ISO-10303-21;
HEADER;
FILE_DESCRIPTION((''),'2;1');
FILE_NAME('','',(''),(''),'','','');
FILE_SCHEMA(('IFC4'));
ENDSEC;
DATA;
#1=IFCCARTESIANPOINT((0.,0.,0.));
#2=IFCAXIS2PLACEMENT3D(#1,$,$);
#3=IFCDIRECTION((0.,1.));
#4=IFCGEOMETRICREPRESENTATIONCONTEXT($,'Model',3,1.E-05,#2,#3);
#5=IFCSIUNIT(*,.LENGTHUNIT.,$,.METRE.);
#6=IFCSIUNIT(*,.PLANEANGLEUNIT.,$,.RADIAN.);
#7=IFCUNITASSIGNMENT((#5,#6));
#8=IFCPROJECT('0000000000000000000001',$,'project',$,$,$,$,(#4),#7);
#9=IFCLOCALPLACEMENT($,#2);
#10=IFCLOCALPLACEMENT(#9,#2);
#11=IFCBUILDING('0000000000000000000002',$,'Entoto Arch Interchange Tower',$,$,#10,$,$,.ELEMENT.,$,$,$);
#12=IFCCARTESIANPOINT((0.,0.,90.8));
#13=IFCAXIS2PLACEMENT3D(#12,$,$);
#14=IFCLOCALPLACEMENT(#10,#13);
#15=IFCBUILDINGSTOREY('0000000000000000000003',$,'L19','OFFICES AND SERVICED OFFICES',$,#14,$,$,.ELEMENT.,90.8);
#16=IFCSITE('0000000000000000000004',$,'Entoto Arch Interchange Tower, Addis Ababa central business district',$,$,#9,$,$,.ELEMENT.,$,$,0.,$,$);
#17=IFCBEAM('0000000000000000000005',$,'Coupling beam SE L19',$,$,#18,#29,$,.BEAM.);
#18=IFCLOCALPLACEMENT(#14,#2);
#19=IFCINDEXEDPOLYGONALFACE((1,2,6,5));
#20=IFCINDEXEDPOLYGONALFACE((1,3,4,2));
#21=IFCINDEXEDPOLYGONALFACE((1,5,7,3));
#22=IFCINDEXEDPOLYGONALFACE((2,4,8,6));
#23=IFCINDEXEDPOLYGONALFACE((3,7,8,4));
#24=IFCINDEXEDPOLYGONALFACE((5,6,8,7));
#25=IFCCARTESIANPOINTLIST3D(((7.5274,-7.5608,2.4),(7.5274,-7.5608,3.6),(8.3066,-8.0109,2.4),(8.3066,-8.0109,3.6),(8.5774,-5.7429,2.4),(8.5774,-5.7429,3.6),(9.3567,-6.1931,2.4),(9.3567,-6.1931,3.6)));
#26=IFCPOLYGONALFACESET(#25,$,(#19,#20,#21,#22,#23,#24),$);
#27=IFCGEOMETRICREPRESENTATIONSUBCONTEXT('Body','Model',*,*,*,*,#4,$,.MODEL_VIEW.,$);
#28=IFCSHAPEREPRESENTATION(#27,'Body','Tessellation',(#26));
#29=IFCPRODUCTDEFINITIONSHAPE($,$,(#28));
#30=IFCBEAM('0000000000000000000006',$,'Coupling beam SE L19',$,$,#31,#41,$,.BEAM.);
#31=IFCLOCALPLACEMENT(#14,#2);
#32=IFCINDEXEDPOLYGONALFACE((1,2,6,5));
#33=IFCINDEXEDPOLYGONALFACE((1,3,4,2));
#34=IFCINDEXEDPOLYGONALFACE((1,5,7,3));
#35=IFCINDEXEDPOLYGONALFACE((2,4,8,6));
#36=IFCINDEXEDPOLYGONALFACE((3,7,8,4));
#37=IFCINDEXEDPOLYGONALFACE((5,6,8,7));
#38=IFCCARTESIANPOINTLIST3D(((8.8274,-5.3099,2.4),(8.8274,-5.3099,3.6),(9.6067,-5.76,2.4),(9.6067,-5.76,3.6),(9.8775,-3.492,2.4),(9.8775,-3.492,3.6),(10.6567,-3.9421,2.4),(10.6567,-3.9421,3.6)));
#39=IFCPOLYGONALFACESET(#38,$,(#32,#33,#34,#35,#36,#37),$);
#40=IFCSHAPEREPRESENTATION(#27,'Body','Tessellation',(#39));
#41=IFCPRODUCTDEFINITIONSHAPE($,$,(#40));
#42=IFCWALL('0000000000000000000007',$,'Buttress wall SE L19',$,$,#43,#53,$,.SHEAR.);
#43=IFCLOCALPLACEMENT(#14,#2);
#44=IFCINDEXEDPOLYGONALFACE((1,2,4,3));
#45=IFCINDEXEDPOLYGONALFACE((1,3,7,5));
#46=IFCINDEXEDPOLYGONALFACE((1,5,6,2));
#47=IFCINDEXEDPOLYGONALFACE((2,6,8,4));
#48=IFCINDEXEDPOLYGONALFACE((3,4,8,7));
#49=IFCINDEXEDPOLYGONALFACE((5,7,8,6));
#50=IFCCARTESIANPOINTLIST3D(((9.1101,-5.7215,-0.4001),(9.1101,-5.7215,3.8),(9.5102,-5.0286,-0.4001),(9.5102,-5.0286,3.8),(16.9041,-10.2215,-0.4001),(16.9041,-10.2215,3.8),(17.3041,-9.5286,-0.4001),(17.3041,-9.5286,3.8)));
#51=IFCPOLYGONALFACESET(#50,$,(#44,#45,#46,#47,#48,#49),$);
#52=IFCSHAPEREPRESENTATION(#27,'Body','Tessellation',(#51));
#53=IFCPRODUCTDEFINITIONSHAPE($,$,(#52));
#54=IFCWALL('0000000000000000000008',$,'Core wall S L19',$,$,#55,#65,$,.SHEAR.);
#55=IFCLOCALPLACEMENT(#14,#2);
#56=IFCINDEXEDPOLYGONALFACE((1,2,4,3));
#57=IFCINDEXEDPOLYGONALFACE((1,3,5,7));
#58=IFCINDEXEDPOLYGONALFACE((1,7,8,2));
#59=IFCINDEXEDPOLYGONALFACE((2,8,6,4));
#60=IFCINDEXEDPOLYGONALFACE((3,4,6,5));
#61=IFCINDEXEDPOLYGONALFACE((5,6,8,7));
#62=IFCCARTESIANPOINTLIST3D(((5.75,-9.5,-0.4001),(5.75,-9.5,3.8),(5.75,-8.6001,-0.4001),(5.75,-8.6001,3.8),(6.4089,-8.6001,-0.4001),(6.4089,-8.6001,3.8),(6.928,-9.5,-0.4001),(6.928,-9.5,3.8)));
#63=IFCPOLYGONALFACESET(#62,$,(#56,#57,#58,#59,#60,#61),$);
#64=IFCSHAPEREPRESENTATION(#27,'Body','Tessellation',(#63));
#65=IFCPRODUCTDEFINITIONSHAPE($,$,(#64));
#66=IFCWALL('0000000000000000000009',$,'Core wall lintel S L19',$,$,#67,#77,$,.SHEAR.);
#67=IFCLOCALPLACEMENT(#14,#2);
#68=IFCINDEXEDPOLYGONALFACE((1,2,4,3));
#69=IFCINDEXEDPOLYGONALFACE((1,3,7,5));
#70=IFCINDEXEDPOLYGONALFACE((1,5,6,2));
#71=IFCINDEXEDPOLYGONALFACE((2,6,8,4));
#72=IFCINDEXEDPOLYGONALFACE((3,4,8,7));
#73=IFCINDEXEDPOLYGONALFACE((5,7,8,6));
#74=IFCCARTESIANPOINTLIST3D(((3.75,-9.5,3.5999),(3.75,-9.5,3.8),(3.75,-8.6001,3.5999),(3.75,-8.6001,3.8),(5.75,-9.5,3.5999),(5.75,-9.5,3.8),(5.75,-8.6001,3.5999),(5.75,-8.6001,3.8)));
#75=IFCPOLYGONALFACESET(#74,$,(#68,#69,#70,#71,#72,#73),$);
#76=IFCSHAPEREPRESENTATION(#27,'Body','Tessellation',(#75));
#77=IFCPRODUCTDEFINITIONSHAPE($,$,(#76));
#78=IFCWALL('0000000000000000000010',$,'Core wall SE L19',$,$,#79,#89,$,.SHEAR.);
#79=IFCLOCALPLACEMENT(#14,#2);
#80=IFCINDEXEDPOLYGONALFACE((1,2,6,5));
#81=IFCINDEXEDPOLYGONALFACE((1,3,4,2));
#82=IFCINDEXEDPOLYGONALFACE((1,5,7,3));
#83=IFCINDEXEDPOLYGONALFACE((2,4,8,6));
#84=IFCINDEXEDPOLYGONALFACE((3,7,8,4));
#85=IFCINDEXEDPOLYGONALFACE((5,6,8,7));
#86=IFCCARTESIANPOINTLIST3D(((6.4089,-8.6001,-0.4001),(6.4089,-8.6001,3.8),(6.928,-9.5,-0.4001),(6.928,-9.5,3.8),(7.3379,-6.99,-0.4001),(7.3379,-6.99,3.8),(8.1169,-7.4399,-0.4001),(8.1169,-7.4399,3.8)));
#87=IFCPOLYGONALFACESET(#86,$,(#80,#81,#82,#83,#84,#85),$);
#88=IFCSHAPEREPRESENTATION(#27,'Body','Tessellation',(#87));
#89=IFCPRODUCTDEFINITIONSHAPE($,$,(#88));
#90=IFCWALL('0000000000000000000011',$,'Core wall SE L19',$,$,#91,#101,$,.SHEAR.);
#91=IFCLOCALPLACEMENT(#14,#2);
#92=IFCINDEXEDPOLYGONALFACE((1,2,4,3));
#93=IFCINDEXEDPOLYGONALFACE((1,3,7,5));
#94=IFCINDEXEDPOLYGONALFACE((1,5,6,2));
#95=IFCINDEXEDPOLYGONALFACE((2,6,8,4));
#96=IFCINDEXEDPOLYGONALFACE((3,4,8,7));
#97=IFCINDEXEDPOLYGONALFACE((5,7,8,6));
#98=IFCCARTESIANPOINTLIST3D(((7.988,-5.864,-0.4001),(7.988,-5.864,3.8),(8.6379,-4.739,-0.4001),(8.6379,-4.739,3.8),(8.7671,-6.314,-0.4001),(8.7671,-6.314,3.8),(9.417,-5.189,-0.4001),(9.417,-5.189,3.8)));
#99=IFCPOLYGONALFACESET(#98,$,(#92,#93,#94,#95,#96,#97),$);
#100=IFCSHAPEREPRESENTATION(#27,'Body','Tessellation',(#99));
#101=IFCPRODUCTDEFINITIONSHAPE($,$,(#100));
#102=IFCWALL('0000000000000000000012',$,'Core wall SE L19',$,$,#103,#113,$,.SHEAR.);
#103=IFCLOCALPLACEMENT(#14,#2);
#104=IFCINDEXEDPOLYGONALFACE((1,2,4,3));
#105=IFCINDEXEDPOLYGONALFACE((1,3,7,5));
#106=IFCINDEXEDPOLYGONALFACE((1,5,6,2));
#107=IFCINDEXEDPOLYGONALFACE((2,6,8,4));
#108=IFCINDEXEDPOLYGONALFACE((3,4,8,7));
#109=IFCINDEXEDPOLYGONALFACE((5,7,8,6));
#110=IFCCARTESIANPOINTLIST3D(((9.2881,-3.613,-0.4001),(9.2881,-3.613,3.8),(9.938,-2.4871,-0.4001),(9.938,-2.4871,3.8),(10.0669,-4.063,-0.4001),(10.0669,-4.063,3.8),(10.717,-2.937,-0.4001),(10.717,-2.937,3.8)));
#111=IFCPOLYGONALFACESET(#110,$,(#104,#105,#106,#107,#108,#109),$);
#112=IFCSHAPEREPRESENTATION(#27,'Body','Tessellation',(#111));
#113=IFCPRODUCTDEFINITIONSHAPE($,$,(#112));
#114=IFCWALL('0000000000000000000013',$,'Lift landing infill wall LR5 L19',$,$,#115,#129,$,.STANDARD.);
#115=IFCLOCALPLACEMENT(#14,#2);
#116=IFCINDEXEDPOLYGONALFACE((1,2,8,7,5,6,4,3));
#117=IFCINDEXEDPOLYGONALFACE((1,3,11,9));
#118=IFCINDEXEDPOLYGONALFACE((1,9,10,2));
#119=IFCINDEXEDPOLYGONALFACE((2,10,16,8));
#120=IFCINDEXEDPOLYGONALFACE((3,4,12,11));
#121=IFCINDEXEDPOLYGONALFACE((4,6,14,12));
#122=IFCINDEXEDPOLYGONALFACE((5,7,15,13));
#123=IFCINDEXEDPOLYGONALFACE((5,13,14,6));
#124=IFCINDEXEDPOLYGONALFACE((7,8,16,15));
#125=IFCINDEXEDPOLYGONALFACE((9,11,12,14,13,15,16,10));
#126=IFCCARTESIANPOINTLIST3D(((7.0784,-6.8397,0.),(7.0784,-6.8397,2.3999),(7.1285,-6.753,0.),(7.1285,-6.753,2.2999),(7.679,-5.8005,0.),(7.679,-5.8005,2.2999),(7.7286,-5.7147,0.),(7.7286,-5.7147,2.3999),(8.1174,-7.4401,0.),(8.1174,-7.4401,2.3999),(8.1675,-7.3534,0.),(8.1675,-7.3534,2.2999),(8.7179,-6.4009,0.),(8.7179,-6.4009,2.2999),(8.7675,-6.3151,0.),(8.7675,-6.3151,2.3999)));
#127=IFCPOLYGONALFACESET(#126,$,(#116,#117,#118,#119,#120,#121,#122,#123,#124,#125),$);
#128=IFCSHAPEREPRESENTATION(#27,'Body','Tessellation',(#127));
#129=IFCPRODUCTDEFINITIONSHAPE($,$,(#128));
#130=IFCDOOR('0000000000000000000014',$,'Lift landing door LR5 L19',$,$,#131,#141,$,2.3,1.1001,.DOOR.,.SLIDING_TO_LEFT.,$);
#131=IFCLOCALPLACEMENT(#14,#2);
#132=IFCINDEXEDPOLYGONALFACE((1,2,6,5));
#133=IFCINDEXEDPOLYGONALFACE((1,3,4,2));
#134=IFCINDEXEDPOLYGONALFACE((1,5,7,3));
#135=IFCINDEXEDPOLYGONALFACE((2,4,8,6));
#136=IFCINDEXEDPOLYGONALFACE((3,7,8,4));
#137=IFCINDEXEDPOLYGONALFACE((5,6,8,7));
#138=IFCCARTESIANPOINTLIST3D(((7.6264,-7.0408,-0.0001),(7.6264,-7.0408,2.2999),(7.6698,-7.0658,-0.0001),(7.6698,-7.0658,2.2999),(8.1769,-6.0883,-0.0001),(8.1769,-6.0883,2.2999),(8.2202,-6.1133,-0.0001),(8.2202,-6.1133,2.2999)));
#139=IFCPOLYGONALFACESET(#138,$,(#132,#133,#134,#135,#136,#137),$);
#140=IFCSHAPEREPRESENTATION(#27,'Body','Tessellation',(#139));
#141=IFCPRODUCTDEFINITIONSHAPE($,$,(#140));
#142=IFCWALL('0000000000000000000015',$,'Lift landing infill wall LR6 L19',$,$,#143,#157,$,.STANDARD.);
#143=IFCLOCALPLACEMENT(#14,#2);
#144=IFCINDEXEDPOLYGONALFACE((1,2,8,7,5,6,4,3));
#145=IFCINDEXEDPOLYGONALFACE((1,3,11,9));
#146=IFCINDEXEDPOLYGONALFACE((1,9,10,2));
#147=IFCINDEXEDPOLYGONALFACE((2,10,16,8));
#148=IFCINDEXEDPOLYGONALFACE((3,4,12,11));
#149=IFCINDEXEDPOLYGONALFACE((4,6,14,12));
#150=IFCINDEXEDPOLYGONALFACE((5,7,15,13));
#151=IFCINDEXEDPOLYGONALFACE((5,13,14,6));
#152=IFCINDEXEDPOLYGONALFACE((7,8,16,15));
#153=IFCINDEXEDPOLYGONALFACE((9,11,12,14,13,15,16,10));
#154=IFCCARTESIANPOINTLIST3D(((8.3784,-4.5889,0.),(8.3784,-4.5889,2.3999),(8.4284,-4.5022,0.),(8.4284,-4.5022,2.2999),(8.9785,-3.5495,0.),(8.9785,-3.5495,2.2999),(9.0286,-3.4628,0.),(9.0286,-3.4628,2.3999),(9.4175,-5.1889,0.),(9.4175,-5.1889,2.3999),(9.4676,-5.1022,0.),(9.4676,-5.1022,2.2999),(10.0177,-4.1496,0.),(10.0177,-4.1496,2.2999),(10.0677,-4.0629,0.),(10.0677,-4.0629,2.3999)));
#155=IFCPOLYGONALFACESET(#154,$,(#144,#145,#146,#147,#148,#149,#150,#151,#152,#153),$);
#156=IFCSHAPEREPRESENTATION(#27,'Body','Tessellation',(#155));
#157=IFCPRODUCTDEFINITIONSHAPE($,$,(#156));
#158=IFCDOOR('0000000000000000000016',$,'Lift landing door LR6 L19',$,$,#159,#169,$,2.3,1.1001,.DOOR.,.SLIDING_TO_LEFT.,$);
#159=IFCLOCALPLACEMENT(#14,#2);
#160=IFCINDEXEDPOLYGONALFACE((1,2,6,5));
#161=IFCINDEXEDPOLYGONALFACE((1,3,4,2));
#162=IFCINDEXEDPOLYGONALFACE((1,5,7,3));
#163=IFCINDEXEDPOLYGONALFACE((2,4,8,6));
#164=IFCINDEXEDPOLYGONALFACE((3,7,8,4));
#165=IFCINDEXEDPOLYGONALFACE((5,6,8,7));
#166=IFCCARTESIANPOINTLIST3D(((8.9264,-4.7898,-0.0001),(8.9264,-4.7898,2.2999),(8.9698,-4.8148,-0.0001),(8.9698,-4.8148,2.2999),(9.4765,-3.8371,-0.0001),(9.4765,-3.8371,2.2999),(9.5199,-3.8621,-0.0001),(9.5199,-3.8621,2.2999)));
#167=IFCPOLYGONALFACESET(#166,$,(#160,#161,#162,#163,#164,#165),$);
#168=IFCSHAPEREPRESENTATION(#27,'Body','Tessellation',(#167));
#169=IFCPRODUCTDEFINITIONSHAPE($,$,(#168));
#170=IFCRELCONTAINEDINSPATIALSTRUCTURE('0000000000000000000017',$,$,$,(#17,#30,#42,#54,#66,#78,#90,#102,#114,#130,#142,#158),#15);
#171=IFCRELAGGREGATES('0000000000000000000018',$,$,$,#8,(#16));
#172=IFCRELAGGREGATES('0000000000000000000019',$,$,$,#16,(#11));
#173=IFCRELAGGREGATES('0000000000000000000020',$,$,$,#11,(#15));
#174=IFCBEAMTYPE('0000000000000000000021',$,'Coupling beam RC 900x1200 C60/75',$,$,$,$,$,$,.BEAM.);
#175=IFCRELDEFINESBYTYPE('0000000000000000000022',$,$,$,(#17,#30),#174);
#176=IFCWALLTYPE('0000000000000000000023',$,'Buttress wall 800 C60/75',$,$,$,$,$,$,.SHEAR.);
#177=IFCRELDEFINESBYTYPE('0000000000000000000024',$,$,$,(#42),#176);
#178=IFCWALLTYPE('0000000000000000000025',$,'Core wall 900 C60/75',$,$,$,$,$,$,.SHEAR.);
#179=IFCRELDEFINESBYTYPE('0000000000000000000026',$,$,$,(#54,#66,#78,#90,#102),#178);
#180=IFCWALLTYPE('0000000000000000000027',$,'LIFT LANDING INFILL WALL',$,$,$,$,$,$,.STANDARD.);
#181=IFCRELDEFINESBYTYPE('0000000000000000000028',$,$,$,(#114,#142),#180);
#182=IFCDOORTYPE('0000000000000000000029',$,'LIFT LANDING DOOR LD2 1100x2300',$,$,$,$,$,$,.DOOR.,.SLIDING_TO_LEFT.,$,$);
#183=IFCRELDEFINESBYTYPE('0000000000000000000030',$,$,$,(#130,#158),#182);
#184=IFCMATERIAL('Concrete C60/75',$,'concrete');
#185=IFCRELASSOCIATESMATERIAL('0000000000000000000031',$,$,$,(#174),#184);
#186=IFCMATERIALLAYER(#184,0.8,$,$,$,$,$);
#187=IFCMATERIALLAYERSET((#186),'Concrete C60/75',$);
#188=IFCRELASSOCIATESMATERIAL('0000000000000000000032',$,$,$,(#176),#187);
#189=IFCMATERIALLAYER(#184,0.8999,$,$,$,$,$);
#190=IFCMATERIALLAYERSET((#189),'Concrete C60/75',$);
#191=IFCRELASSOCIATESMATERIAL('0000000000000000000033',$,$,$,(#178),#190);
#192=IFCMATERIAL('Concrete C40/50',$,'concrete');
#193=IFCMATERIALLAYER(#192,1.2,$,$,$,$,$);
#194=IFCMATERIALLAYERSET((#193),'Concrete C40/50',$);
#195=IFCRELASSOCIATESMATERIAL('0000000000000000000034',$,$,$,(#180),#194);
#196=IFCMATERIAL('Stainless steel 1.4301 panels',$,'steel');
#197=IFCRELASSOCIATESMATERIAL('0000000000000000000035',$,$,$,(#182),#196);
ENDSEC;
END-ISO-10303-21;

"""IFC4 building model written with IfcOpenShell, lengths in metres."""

from ifc_helpers import new_model, si_unit, direction, frame, frame_2d, origin, origin_2d, place, context, subcontext, project, spatial, polyline, rectangle, outline, extrude, material, layer, layer_set, material_profile, profile_set, type_object, element, fill, save


model = new_model("IFC4")

# Units and contexts
model_context = context("Model", 3, precision=1e-05, world=origin(), true_north=direction((0.0, 1.0)))
body_context = subcontext(model_context, "Body", "Model", "MODEL_VIEW")
ifc_project = project(units=[si_unit("LENGTHUNIT", "METRE"), si_unit("PLANEANGLEUNIT", "RADIAN")], contexts=[model_context])

# Site, building, storey
site_placement = place(None, origin())
site = spatial("IfcSite", under=ifc_project, at=site_placement, Name="Entoto Arch Interchange Tower, Addis Ababa central business district", CompositionType="ELEMENT", RefElevation=0.0)
building_placement = place(site_placement, origin())
building = spatial("IfcBuilding", under=site, at=building_placement, Name="Entoto Arch Interchange Tower", CompositionType="ELEMENT")
storey_placement = place(building_placement, frame((0.0, 0.0, 90.8)))
storey = spatial("IfcBuildingStorey", under=building, at=storey_placement, Name="L19", Description="OFFICES AND SERVICED OFFICES", CompositionType="ELEMENT", Elevation=90.8)

# Beams
ifc_material_1 = material(Name="Concrete C60/75", Category="concrete")
ifc_material_profile = material_profile(ifc_material_1, rectangle(XDim=0.8999, YDim=1.2, at=origin_2d()))
ifc_profile_set = profile_set([ifc_material_profile], Name="Concrete C60/75")
beam_type = type_object("IfcBeamType", Name="Coupling beam RC 900x1200 C60/75", PredefinedType="BEAM", material=ifc_profile_set)
for number, where, z_axis, x_axis, name in (
    (1, (7.917, -7.7859, 3.0), (0.500179, 0.865922, 0.0), (-0.865922, 0.500179, 0.0), "Coupling beam SE L19"),
    (2, (9.217, -5.5349, 3.0), (0.500179, 0.865922, 0.0), (-0.865922, 0.500179, 0.0), "Coupling beam SE L19"),
):
    element("IfcBeam", number, at=place(storey_placement, frame(where, z_axis=z_axis, x_axis=x_axis)), inside=storey, type_object=beam_type, Name=name, PredefinedType="BEAM", context=body_context, shape_type="SweptSolid", body=[
        extrude(rectangle(XDim=0.8999, YDim=1.2, at=origin_2d()), origin(), (0.0, 0.0, 1.0), 2.0994),
    ])

# Walls
ifc_layer_1 = layer(ifc_material_1, 0.8)
ifc_layer_set_1 = layer_set([ifc_layer_1], Name="Concrete C60/75")
wall_type_1 = type_object("IfcWallType", Name="Buttress wall 800 C60/75", PredefinedType="SHEAR", material=ifc_layer_set_1)
wall_1_placement = place(storey_placement, frame((9.3101, -5.375, -0.4001), z_axis=(0.0, 0.0, 1.0), x_axis=(0.866018, -0.500014, 0.0)))
element("IfcWall", 3, at=wall_1_placement, inside=storey, type_object=wall_type_1, Name="Buttress wall SE L19", PredefinedType="SHEAR", context=body_context, shape_type="SweptSolid", body=[
    extrude(rectangle(XDim=8.9998, YDim=0.8, at=frame_2d((4.5, 0.0))), origin(), (0.0, 0.0, 1.0), 4.2002),
])
ifc_layer_2 = layer(ifc_material_1, 0.8999)
ifc_layer_set_2 = layer_set([ifc_layer_2], Name="Concrete C60/75")
wall_type_2 = type_object("IfcWallType", Name="Core wall 900 C60/75", PredefinedType="SHEAR", material=ifc_layer_set_2)
wall_2_placement = place(storey_placement, frame((0.0, 0.0, -0.4001)))
element("IfcWall", 4, at=wall_2_placement, inside=storey, type_object=wall_type_2, Name="Core wall S L19", PredefinedType="SHEAR", context=body_context, shape_type="SweptSolid", body=[
    extrude(outline(polyline([(5.75, -8.6001), (5.75, -9.5), (6.928, -9.5), (6.4089, -8.6001), (5.75, -8.6001)])), origin(), (0.0, 0.0, 1.0), 4.2002),
])
wall_3_placement = place(storey_placement, frame((0.0, 0.0, 3.5999)))
element("IfcWall", 5, at=wall_3_placement, inside=storey, type_object=wall_type_2, Name="Core wall lintel S L19", PredefinedType="SHEAR", context=body_context, shape_type="SweptSolid", body=[
    extrude(outline(polyline([(5.75, -9.5), (5.75, -8.6001), (3.75, -8.6001), (3.75, -9.5), (5.75, -9.5)])), origin(), (0.0, 0.0, 1.0), 0.2002),
])
wall_4_placement = place(storey_placement, frame((0.0, 0.0, -0.4001)))
element("IfcWall", 6, at=wall_4_placement, inside=storey, type_object=wall_type_2, Name="Core wall SE L19", PredefinedType="SHEAR", context=body_context, shape_type="SweptSolid", body=[
    extrude(outline(polyline([(8.1169, -7.4399), (7.3379, -6.99), (6.4089, -8.6001), (6.928, -9.5), (8.1169, -7.4399)])), origin(), (0.0, 0.0, 1.0), 4.2002),
])
wall_5_placement = place(storey_placement, frame((0.0, 0.0, -0.4001)))
element("IfcWall", 7, at=wall_5_placement, inside=storey, type_object=wall_type_2, Name="Core wall SE L19", PredefinedType="SHEAR", context=body_context, shape_type="SweptSolid", body=[
    extrude(outline(polyline([(9.417, -5.189), (8.6379, -4.739), (7.988, -5.864), (8.7671, -6.314), (9.417, -5.189)])), origin(), (0.0, 0.0, 1.0), 4.2002),
])
wall_6_placement = place(storey_placement, frame((0.0, 0.0, -0.4001)))
element("IfcWall", 8, at=wall_6_placement, inside=storey, type_object=wall_type_2, Name="Core wall SE L19", PredefinedType="SHEAR", context=body_context, shape_type="SweptSolid", body=[
    extrude(outline(polyline([(10.717, -2.937), (9.938, -2.4871), (9.2881, -3.613), (10.0669, -4.063), (10.717, -2.937)])), origin(), (0.0, 0.0, 1.0), 4.2002),
])

# Walls, openings, doors
ifc_material_2 = material(Name="Concrete C40/50", Category="concrete")
ifc_layer_3 = layer(ifc_material_2, 1.2)
ifc_layer_set_3 = layer_set([ifc_layer_3], Name="Concrete C40/50")
wall_type_3 = type_object("IfcWallType", Name="LIFT LANDING INFILL WALL", PredefinedType="STANDARD", material=ifc_layer_set_3)
wall_7_placement = place(storey_placement, frame((7.5979, -7.1399, 0.0), z_axis=(0.0, 0.0, 1.0), x_axis=(0.500362, 0.865816, 0.0)))
wall_7 = element("IfcWall", 9, at=wall_7_placement, inside=storey, type_object=wall_type_3, Name="Lift landing infill wall LR5 L19", PredefinedType="STANDARD", context=body_context, shape_type="SweptSolid", body=[
    extrude(rectangle(XDim=1.2993, YDim=1.2, at=frame_2d((0.6497, 0.0))), origin(), (0.0, 0.0, 1.0), 2.3999),
])
opening_1_placement = place(wall_7_placement, frame((0.1001, 0.0, 0.0)))
opening_1 = element("IfcOpeningElement", 10, at=opening_1_placement, cuts=wall_7, PredefinedType="OPENING", context=body_context, shape_type="SweptSolid", body=[
    extrude(rectangle(XDim=1.1001, YDim=2.3, at=frame_2d((0.55, 1.1499))), frame((0.0, 0.6099, 0.0), z_axis=(0.0, -1.0, 0.0), x_axis=(1.0, 0.0, 0.0)), (0.0, 0.0, 1.0), 1.22),
])
ifc_material_3 = material(Name="Stainless steel 1.4301 panels", Category="steel")
door_type_1 = type_object("IfcDoorType", Name="LIFT LANDING DOOR LD2 1100x2300", OperationType="SLIDING_TO_LEFT", PredefinedType="DOOR", material=ifc_material_3)
door_1_placement = place(opening_1_placement, origin())
door_1 = element("IfcDoor", 11, at=door_1_placement, inside=storey, type_object=door_type_1, Name="Lift landing door LR5 L19", OperationType="SLIDING_TO_LEFT", OverallHeight=2.3, OverallWidth=1.1001, PredefinedType="DOOR", context=body_context, shape_type="SweptSolid", body=[
    extrude(rectangle(XDim=1.1001, YDim=2.3, at=frame_2d((0.55, 1.1499))), frame((0.0, 0.0249, 0.0), z_axis=(0.0, -1.0, 0.0), x_axis=(1.0, 0.0, 0.0)), (0.0, 0.0, 1.0), 0.05),
])
fill(opening_1, door_1)
wall_8_placement = place(storey_placement, frame((8.8979, -4.8889, 0.0), z_axis=(0.0, 0.0, 1.0), x_axis=(0.500037, 0.866004, 0.0)))
wall_8 = element("IfcWall", 12, at=wall_8_placement, inside=storey, type_object=wall_type_3, Name="Lift landing infill wall LR6 L19", PredefinedType="STANDARD", context=body_context, shape_type="SweptSolid", body=[
    extrude(rectangle(XDim=1.3003, YDim=1.2, at=frame_2d((0.6501, 0.0))), origin(), (0.0, 0.0, 1.0), 2.3999),
])
opening_2_placement = place(wall_8_placement, frame((0.1001, 0.0, 0.0)))
opening_2 = element("IfcOpeningElement", 13, at=opening_2_placement, cuts=wall_8, PredefinedType="OPENING", context=body_context, shape_type="SweptSolid", body=[
    extrude(rectangle(XDim=1.1001, YDim=2.3, at=frame_2d((0.55, 1.1499))), frame((0.0, 0.6099, 0.0), z_axis=(0.0, -1.0, 0.0), x_axis=(1.0, 0.0, 0.0)), (0.0, 0.0, 1.0), 1.22),
])
door_2_placement = place(opening_2_placement, origin())
door_2 = element("IfcDoor", 14, at=door_2_placement, inside=storey, type_object=door_type_1, Name="Lift landing door LR6 L19", OperationType="SLIDING_TO_LEFT", OverallHeight=2.3, OverallWidth=1.1001, PredefinedType="DOOR", context=body_context, shape_type="SweptSolid", body=[
    extrude(rectangle(XDim=1.1001, YDim=2.3, at=frame_2d((0.55, 1.1499))), frame((0.0, 0.0249, 0.0), z_axis=(0.0, -1.0, 0.0), x_axis=(1.0, 0.0, 0.0)), (0.0, 0.0, 1.0), 0.05),
])
fill(opening_2, door_2)

save(model, "model.ifc")
